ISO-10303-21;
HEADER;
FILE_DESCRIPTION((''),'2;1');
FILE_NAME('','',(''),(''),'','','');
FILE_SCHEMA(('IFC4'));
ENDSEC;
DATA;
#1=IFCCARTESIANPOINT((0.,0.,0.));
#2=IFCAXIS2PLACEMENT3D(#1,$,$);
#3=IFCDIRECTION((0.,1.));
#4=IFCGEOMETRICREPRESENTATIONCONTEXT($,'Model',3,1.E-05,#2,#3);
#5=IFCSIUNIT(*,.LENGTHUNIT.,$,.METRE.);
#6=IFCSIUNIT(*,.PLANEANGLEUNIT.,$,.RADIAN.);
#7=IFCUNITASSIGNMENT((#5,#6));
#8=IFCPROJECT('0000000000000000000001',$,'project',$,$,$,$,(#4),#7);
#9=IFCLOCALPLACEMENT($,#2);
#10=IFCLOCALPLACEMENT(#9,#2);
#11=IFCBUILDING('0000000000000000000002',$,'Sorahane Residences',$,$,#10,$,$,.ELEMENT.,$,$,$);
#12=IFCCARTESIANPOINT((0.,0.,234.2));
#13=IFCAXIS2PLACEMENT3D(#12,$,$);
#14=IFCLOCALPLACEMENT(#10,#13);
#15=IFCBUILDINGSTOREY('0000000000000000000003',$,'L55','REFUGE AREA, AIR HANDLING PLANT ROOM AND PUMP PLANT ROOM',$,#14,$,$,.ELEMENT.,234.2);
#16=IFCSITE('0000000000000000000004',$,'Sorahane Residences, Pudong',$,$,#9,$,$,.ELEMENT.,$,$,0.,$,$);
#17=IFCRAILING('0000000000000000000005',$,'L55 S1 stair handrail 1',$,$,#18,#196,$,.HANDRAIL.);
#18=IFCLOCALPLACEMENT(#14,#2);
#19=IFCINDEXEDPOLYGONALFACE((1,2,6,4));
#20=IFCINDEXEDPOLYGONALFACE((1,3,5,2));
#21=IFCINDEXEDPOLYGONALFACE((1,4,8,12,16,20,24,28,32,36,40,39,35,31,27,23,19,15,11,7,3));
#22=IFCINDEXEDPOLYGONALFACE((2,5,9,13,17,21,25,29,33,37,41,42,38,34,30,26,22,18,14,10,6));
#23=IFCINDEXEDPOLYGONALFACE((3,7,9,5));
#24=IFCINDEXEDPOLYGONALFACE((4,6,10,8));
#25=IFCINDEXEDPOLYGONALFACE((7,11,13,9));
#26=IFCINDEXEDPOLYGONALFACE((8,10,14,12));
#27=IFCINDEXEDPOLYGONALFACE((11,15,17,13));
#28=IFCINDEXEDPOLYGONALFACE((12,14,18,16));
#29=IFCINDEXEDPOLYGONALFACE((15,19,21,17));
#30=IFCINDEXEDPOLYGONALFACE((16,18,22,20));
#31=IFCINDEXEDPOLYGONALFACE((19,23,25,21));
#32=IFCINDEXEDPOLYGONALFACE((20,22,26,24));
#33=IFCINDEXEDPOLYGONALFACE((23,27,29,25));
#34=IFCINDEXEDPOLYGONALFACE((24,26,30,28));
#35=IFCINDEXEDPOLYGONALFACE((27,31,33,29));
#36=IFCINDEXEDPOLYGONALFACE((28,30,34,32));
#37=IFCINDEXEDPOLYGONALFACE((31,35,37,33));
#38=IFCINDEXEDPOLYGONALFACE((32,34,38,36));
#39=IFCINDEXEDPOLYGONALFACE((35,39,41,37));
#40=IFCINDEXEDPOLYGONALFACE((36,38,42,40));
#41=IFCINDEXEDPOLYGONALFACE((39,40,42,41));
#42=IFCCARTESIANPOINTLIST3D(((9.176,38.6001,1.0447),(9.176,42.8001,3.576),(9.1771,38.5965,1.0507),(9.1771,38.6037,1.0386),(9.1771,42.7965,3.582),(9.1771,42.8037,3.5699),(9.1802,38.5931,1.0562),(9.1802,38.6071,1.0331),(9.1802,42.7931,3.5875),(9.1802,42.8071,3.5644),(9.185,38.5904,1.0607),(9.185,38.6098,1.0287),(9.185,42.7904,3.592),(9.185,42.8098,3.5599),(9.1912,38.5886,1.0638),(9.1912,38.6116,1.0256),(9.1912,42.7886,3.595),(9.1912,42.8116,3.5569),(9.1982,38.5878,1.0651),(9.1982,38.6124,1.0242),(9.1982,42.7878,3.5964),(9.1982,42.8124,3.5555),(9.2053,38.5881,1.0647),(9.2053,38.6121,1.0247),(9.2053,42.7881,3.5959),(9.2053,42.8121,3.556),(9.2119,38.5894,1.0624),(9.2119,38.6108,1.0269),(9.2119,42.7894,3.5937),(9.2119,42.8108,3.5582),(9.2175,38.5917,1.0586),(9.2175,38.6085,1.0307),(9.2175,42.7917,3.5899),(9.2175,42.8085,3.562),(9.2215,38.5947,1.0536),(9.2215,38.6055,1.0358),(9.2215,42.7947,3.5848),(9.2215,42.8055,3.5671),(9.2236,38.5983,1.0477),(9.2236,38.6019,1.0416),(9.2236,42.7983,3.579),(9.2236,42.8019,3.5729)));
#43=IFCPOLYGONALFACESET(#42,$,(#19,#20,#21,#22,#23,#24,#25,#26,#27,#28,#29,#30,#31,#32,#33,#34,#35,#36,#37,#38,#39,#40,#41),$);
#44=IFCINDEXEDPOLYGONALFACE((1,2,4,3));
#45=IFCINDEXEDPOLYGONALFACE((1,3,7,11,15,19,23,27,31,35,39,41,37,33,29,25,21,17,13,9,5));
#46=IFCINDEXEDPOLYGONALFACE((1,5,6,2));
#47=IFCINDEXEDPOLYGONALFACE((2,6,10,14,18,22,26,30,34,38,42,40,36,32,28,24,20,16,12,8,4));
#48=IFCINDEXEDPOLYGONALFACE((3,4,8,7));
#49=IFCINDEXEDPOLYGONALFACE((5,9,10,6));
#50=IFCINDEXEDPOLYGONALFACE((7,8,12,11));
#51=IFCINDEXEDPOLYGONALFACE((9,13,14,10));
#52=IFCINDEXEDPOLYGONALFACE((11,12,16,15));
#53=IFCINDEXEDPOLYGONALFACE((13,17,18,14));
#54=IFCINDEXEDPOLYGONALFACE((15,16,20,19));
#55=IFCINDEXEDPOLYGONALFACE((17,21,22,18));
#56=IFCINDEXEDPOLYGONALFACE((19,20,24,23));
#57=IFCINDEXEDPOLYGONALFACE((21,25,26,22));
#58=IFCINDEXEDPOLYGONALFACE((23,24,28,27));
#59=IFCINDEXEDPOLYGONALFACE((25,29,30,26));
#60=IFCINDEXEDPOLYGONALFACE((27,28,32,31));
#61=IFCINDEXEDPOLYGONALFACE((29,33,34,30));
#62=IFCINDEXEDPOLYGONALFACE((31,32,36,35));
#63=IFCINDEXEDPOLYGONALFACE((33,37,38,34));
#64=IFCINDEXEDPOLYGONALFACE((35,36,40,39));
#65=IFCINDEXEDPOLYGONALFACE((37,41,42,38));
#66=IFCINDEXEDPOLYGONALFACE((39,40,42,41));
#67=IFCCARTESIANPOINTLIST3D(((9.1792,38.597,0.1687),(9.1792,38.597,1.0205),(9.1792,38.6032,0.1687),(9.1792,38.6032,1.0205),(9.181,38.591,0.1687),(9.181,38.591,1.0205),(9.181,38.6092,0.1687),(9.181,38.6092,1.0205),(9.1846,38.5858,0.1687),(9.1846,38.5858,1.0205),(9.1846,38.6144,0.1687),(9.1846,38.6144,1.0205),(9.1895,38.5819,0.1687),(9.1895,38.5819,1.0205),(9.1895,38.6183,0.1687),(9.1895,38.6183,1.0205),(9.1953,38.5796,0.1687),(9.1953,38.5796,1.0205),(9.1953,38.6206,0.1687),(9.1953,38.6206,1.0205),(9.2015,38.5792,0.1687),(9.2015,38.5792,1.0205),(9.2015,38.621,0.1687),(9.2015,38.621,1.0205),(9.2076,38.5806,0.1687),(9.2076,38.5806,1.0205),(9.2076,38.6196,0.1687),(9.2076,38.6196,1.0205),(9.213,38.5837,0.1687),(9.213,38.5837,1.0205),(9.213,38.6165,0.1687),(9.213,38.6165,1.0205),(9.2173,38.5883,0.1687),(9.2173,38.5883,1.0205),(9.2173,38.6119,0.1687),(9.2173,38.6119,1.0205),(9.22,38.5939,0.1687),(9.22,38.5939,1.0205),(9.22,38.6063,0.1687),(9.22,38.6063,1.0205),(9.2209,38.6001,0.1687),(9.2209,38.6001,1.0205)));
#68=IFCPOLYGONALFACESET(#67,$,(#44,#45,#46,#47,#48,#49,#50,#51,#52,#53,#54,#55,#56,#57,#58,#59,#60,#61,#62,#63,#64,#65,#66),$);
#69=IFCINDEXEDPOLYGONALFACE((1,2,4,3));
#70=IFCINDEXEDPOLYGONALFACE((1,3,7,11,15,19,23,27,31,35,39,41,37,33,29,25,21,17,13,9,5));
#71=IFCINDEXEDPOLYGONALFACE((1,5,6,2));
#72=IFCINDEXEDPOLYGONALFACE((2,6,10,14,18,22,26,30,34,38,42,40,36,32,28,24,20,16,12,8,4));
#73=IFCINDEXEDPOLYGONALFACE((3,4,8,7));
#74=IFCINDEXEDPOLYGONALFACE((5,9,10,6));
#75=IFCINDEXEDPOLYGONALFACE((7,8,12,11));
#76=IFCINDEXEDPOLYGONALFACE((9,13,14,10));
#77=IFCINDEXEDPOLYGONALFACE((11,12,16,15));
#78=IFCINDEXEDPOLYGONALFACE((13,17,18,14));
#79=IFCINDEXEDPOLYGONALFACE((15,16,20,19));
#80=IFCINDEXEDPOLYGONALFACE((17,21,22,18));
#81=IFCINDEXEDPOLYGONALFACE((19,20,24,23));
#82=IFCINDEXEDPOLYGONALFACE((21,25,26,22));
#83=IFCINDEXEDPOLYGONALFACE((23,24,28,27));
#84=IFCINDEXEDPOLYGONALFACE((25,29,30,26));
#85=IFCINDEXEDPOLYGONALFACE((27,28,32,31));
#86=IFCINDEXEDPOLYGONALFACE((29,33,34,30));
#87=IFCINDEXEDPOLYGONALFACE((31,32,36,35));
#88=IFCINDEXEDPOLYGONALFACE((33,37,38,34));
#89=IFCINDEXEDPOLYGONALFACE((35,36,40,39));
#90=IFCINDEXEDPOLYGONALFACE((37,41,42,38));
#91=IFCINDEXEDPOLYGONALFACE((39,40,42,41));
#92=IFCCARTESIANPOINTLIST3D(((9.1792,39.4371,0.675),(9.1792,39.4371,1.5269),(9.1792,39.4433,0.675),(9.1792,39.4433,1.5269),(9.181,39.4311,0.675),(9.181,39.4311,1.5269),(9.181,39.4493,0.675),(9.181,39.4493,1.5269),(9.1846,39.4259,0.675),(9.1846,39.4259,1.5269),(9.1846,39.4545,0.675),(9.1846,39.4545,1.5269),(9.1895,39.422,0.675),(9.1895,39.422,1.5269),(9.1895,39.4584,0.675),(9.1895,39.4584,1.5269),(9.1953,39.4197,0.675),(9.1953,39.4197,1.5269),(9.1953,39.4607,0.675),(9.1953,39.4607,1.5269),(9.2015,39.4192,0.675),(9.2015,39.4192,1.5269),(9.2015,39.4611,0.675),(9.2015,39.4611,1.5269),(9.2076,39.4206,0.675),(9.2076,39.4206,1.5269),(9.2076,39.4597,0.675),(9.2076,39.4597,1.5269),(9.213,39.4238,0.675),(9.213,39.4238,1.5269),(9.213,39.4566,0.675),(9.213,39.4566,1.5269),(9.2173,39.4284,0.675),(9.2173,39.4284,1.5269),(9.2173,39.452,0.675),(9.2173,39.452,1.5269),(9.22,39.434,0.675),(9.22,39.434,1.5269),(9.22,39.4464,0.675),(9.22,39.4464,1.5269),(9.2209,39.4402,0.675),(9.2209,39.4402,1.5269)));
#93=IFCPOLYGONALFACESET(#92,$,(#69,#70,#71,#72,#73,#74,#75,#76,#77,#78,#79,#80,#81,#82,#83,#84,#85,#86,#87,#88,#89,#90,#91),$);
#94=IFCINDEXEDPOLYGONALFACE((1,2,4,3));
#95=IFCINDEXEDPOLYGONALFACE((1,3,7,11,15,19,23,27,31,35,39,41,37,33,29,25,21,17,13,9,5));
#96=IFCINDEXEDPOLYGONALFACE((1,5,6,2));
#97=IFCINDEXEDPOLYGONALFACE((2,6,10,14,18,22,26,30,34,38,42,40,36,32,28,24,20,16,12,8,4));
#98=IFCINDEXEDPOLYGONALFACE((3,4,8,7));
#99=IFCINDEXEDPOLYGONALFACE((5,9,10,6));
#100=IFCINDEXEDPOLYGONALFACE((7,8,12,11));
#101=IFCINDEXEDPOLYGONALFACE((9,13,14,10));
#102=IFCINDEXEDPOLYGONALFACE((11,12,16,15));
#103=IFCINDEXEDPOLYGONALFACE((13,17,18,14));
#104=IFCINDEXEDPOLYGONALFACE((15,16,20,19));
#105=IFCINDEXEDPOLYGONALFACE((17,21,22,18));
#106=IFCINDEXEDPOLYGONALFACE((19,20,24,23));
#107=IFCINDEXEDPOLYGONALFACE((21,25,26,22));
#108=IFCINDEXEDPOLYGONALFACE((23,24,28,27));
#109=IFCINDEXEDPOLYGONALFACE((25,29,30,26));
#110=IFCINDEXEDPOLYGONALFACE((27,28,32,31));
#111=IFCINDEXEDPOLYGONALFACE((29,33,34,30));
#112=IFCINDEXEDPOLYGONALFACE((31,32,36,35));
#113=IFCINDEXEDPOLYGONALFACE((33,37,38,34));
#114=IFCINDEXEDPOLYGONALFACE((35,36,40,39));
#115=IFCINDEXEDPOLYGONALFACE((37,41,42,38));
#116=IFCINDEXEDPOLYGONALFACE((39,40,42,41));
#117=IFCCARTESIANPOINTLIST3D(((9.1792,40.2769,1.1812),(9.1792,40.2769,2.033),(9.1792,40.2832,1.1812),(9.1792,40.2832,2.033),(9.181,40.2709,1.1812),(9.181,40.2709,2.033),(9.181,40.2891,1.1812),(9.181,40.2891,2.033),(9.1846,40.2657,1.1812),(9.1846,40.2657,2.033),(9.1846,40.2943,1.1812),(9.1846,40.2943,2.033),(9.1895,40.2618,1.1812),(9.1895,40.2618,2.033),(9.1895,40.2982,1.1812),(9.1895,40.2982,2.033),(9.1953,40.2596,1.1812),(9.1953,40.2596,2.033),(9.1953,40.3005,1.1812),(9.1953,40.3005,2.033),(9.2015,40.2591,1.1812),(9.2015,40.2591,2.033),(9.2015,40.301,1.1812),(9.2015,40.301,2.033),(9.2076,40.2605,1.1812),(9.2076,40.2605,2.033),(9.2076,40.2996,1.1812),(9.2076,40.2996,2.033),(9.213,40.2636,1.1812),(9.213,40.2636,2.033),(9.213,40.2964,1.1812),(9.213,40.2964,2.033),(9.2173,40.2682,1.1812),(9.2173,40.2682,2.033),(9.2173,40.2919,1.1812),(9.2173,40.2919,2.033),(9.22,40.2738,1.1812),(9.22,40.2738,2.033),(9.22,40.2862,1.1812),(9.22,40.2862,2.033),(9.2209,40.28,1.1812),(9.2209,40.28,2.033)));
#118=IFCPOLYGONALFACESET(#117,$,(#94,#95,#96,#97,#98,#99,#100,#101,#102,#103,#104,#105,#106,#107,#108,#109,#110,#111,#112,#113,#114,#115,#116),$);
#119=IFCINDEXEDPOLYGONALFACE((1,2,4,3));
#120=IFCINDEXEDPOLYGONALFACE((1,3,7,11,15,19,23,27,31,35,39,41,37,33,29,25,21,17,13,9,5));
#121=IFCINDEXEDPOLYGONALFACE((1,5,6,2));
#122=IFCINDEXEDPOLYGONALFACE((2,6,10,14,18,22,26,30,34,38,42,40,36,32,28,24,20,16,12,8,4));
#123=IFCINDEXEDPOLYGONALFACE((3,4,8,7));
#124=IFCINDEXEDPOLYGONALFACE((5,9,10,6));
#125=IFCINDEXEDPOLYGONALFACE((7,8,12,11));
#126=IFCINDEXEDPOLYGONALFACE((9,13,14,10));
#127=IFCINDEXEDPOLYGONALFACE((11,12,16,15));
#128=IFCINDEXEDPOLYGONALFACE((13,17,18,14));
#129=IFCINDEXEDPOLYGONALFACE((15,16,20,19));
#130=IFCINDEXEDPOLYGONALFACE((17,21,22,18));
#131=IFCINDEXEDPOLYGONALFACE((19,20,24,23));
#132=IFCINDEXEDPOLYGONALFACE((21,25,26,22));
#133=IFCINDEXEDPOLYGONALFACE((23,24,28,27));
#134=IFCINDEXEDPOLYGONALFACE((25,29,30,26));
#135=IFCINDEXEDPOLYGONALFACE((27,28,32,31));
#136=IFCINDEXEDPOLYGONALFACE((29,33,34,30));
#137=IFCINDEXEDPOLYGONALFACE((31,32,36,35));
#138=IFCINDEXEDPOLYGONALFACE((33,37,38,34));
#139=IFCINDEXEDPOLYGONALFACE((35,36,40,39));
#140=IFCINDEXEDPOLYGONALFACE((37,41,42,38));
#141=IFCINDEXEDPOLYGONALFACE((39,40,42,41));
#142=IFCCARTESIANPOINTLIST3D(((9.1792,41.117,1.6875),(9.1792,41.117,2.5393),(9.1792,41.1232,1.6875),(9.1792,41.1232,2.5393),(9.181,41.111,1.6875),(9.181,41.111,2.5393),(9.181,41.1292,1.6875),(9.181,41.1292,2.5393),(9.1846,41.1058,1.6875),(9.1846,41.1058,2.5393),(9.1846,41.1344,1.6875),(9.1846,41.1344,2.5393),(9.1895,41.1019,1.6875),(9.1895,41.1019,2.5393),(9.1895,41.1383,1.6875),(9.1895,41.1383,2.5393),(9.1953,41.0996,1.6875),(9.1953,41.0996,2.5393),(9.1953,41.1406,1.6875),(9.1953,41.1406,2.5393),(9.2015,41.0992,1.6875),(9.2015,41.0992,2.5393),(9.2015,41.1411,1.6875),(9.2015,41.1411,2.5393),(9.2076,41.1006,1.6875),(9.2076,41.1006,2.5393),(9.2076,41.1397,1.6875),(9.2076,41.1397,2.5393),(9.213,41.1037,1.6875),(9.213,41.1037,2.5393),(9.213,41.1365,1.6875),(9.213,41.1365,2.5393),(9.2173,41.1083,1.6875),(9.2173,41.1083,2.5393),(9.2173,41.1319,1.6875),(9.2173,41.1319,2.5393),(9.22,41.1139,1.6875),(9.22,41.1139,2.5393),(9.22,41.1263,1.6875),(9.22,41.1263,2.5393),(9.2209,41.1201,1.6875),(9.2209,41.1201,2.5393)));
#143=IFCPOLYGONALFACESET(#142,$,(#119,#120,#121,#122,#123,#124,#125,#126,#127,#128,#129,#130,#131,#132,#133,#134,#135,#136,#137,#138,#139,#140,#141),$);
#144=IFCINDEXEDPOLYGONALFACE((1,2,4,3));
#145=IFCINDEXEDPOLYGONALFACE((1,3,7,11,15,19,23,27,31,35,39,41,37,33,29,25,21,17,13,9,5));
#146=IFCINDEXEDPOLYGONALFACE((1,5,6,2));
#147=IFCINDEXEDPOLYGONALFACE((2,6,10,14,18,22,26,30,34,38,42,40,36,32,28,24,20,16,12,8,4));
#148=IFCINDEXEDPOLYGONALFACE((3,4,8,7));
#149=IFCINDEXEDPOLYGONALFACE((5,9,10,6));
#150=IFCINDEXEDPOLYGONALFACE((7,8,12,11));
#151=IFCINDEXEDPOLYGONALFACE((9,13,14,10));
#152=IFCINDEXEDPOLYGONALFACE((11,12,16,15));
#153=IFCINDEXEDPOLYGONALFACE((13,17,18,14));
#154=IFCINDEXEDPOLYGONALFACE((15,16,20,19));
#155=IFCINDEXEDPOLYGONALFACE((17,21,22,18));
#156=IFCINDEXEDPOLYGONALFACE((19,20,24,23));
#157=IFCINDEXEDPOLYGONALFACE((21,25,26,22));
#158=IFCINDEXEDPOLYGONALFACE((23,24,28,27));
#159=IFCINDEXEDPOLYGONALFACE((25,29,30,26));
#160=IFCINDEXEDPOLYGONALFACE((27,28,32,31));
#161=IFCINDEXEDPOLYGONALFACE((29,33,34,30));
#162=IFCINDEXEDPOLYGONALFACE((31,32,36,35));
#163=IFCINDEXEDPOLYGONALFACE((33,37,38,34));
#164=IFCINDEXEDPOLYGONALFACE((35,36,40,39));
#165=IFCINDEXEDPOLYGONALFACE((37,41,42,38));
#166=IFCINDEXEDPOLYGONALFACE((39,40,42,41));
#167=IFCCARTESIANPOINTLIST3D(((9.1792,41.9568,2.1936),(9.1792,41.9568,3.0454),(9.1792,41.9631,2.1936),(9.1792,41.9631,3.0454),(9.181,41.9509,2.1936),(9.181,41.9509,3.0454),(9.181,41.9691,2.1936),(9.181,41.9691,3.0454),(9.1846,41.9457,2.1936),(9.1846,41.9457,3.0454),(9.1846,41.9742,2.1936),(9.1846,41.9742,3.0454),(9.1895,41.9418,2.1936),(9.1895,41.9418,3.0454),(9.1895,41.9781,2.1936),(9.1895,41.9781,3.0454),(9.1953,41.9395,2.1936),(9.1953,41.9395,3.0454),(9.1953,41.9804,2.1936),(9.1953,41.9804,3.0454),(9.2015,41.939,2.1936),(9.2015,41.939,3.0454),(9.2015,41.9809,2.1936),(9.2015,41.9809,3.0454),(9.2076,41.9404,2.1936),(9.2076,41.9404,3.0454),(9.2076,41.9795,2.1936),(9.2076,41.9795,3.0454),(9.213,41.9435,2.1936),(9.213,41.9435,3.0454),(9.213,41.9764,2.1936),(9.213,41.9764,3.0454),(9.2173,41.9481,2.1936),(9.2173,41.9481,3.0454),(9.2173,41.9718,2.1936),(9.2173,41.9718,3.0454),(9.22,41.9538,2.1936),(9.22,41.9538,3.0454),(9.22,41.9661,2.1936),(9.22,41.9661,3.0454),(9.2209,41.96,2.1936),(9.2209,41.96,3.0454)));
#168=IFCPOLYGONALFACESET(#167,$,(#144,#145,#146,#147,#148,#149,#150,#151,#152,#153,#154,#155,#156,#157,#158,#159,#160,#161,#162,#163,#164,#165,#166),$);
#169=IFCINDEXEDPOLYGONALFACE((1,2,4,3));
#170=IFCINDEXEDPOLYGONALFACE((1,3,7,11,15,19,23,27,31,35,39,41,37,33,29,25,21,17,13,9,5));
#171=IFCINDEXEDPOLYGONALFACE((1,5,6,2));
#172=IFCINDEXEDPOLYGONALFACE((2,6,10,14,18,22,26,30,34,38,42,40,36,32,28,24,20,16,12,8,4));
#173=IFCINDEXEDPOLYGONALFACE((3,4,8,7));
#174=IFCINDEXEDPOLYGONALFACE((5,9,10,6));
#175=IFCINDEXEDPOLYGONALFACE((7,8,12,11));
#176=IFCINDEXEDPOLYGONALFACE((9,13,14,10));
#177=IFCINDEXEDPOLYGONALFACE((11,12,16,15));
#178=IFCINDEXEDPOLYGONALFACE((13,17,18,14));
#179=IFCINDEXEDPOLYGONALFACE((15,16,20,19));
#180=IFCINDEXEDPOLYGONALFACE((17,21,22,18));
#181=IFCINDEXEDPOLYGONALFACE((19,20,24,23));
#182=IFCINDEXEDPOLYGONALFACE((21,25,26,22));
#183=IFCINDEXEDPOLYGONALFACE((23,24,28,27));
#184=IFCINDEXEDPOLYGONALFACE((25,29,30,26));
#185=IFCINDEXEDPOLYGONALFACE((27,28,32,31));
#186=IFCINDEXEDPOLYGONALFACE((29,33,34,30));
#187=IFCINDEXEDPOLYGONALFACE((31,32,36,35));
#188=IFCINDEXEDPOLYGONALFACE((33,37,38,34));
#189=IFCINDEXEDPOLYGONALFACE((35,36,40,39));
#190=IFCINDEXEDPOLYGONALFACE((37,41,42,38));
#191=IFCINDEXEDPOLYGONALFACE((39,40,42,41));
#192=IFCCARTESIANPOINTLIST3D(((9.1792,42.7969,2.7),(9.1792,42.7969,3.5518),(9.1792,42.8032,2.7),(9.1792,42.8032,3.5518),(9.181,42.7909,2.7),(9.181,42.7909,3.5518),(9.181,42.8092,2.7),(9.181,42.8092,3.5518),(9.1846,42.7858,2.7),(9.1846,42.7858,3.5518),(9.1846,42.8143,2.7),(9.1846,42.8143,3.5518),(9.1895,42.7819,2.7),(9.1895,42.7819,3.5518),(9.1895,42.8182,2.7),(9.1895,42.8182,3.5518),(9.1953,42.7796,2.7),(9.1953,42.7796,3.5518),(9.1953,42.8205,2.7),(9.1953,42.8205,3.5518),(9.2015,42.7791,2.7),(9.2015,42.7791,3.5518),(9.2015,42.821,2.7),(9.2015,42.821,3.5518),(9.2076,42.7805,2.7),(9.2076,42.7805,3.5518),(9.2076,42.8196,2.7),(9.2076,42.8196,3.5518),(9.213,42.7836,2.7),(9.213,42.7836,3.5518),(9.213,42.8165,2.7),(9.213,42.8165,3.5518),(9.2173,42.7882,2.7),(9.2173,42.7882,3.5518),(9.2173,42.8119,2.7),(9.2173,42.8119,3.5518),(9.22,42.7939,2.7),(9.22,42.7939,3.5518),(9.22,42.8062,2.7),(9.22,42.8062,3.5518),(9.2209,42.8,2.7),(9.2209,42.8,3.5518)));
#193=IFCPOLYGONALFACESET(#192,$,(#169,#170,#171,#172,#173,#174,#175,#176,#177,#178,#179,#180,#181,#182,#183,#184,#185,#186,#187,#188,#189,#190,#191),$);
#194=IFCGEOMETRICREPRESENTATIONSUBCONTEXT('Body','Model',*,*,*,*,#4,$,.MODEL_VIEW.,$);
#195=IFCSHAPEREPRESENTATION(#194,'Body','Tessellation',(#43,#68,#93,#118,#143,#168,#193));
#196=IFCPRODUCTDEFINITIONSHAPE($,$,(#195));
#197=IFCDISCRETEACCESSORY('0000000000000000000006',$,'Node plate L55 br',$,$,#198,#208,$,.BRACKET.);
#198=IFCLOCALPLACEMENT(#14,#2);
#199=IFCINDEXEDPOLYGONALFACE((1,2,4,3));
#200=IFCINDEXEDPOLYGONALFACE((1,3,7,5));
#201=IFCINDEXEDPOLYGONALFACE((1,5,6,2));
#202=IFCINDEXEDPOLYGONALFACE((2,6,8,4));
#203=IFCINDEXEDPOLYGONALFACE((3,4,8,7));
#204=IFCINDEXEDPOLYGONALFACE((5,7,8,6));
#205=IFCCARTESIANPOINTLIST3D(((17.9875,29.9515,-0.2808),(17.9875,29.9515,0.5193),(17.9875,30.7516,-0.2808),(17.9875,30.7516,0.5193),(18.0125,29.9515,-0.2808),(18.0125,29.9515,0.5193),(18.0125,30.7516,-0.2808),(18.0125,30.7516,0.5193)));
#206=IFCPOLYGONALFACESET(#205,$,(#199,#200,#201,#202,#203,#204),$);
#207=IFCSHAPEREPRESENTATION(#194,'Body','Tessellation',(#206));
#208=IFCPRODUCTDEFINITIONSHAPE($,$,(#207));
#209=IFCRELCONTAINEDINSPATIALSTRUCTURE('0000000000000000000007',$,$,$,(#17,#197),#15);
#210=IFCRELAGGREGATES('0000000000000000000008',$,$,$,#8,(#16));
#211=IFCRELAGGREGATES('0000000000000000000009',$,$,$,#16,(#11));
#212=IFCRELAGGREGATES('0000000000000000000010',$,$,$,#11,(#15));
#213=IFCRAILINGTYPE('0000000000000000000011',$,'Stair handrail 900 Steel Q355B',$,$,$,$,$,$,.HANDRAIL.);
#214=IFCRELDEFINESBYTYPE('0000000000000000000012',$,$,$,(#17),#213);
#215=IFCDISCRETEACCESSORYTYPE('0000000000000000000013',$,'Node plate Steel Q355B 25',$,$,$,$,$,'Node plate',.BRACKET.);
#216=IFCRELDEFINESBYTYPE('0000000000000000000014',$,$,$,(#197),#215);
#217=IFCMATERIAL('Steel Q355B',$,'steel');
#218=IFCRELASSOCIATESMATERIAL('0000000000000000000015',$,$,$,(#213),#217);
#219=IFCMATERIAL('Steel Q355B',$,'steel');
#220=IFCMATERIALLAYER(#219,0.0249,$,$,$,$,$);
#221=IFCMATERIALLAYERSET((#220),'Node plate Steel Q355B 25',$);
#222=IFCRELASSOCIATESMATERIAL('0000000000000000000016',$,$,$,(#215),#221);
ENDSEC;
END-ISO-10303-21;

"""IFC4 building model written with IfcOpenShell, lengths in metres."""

from ifc_helpers import new_model, si_unit, direction, frame, origin, origin_2d, place, context, subcontext, project, spatial, rectangle, circle, extrude, material, layer, layer_set, type_object, element, save


model = new_model("IFC4")

# Units and contexts
model_context = context("Model", 3, precision=1e-05, world=origin(), true_north=direction((0.0, 1.0)))
body_context = subcontext(model_context, "Body", "Model", "MODEL_VIEW")
ifc_project = project(units=[si_unit("LENGTHUNIT", "METRE"), si_unit("PLANEANGLEUNIT", "RADIAN")], contexts=[model_context])

# Site, building, storey
site_placement = place(None, origin())
site = spatial("IfcSite", under=ifc_project, at=site_placement, Name="Sorahane Residences, Pudong", CompositionType="ELEMENT", RefElevation=0.0)
building_placement = place(site_placement, origin())
building = spatial("IfcBuilding", under=site, at=building_placement, Name="Sorahane Residences", CompositionType="ELEMENT")
storey_placement = place(building_placement, frame((0.0, 0.0, 234.2)))
storey = spatial("IfcBuildingStorey", under=building, at=storey_placement, Name="L55", Description="REFUGE AREA, AIR HANDLING PLANT ROOM AND PUMP PLANT ROOM", CompositionType="ELEMENT", Elevation=234.2)

# Railing
ifc_material_1 = material(Name="Steel Q355B", Category="steel")
railing_type_1 = type_object("IfcRailingType", Name="Stair handrail 900 Steel Q355B", PredefinedType="HANDRAIL", material=ifc_material_1)
railing_1_placement = place(storey_placement, frame((9.2, 38.6001, 0.1687)))
element("IfcRailing", 1, at=railing_1_placement, inside=storey, type_object=railing_type_1, Name="L55 S1 stair handrail 1", PredefinedType="HANDRAIL", context=body_context, shape_type="SweptSolid", body=[
    extrude(circle(Radius=0.0239, at=origin_2d()), frame((0.0, 0.0, 0.876), z_axis=(0.0, 0.856476, 0.516186), x_axis=(-1.0, 0.0, 0.0)), (0.0, 0.0, 1.0), 4.9038),
    extrude(circle(Radius=0.021, at=origin_2d()), origin(), (0.0, 0.0, 1.0), 0.8518),
    extrude(circle(Radius=0.021, at=origin_2d()), frame((0.0, 0.8401, 0.5063)), (0.0, 0.0, 1.0), 0.8518),
    extrude(circle(Radius=0.021, at=origin_2d()), frame((0.0, 1.6799, 1.0125)), (0.0, 0.0, 1.0), 0.8518),
    extrude(circle(Radius=0.021, at=origin_2d()), frame((0.0, 2.52, 1.5188)), (0.0, 0.0, 1.0), 0.8518),
    extrude(circle(Radius=0.021, at=origin_2d()), frame((0.0, 3.3599, 2.0249)), (0.0, 0.0, 1.0), 0.8518),
    extrude(circle(Radius=0.021, at=origin_2d()), frame((0.0, 4.2, 2.5312)), (0.0, 0.0, 1.0), 0.8518),
])

# Discrete accessory
ifc_material_2 = material(Name="Steel Q355B", Category="steel")
ifc_layer_1 = layer(ifc_material_2, 0.0249)
ifc_layer_set_1 = layer_set([ifc_layer_1], Name="Node plate Steel Q355B 25")
discrete_accessory_type = type_object("IfcDiscreteAccessoryType", Name="Node plate Steel Q355B 25", ElementType="Node plate", PredefinedType="BRACKET", material=ifc_layer_set_1)
for number, where, z_axis, x_axis, name in (
    (2, (18.0, 30.3516, -0.2808), (0.0, 0.0, 1.0), (0.0, 1.0, 0.0), "Node plate L55 br"),
):
    element("IfcDiscreteAccessory", number, at=place(storey_placement, frame(where, z_axis=z_axis, x_axis=x_axis)), inside=storey, type_object=discrete_accessory_type, Name=name, PredefinedType="BRACKET", context=body_context, shape_type="SweptSolid", body=[
        extrude(rectangle(XDim=0.8, YDim=0.0249, at=origin_2d()), origin(), (0.0, 0.0, 1.0), 0.8),
    ])

save(model, "model.ifc")
